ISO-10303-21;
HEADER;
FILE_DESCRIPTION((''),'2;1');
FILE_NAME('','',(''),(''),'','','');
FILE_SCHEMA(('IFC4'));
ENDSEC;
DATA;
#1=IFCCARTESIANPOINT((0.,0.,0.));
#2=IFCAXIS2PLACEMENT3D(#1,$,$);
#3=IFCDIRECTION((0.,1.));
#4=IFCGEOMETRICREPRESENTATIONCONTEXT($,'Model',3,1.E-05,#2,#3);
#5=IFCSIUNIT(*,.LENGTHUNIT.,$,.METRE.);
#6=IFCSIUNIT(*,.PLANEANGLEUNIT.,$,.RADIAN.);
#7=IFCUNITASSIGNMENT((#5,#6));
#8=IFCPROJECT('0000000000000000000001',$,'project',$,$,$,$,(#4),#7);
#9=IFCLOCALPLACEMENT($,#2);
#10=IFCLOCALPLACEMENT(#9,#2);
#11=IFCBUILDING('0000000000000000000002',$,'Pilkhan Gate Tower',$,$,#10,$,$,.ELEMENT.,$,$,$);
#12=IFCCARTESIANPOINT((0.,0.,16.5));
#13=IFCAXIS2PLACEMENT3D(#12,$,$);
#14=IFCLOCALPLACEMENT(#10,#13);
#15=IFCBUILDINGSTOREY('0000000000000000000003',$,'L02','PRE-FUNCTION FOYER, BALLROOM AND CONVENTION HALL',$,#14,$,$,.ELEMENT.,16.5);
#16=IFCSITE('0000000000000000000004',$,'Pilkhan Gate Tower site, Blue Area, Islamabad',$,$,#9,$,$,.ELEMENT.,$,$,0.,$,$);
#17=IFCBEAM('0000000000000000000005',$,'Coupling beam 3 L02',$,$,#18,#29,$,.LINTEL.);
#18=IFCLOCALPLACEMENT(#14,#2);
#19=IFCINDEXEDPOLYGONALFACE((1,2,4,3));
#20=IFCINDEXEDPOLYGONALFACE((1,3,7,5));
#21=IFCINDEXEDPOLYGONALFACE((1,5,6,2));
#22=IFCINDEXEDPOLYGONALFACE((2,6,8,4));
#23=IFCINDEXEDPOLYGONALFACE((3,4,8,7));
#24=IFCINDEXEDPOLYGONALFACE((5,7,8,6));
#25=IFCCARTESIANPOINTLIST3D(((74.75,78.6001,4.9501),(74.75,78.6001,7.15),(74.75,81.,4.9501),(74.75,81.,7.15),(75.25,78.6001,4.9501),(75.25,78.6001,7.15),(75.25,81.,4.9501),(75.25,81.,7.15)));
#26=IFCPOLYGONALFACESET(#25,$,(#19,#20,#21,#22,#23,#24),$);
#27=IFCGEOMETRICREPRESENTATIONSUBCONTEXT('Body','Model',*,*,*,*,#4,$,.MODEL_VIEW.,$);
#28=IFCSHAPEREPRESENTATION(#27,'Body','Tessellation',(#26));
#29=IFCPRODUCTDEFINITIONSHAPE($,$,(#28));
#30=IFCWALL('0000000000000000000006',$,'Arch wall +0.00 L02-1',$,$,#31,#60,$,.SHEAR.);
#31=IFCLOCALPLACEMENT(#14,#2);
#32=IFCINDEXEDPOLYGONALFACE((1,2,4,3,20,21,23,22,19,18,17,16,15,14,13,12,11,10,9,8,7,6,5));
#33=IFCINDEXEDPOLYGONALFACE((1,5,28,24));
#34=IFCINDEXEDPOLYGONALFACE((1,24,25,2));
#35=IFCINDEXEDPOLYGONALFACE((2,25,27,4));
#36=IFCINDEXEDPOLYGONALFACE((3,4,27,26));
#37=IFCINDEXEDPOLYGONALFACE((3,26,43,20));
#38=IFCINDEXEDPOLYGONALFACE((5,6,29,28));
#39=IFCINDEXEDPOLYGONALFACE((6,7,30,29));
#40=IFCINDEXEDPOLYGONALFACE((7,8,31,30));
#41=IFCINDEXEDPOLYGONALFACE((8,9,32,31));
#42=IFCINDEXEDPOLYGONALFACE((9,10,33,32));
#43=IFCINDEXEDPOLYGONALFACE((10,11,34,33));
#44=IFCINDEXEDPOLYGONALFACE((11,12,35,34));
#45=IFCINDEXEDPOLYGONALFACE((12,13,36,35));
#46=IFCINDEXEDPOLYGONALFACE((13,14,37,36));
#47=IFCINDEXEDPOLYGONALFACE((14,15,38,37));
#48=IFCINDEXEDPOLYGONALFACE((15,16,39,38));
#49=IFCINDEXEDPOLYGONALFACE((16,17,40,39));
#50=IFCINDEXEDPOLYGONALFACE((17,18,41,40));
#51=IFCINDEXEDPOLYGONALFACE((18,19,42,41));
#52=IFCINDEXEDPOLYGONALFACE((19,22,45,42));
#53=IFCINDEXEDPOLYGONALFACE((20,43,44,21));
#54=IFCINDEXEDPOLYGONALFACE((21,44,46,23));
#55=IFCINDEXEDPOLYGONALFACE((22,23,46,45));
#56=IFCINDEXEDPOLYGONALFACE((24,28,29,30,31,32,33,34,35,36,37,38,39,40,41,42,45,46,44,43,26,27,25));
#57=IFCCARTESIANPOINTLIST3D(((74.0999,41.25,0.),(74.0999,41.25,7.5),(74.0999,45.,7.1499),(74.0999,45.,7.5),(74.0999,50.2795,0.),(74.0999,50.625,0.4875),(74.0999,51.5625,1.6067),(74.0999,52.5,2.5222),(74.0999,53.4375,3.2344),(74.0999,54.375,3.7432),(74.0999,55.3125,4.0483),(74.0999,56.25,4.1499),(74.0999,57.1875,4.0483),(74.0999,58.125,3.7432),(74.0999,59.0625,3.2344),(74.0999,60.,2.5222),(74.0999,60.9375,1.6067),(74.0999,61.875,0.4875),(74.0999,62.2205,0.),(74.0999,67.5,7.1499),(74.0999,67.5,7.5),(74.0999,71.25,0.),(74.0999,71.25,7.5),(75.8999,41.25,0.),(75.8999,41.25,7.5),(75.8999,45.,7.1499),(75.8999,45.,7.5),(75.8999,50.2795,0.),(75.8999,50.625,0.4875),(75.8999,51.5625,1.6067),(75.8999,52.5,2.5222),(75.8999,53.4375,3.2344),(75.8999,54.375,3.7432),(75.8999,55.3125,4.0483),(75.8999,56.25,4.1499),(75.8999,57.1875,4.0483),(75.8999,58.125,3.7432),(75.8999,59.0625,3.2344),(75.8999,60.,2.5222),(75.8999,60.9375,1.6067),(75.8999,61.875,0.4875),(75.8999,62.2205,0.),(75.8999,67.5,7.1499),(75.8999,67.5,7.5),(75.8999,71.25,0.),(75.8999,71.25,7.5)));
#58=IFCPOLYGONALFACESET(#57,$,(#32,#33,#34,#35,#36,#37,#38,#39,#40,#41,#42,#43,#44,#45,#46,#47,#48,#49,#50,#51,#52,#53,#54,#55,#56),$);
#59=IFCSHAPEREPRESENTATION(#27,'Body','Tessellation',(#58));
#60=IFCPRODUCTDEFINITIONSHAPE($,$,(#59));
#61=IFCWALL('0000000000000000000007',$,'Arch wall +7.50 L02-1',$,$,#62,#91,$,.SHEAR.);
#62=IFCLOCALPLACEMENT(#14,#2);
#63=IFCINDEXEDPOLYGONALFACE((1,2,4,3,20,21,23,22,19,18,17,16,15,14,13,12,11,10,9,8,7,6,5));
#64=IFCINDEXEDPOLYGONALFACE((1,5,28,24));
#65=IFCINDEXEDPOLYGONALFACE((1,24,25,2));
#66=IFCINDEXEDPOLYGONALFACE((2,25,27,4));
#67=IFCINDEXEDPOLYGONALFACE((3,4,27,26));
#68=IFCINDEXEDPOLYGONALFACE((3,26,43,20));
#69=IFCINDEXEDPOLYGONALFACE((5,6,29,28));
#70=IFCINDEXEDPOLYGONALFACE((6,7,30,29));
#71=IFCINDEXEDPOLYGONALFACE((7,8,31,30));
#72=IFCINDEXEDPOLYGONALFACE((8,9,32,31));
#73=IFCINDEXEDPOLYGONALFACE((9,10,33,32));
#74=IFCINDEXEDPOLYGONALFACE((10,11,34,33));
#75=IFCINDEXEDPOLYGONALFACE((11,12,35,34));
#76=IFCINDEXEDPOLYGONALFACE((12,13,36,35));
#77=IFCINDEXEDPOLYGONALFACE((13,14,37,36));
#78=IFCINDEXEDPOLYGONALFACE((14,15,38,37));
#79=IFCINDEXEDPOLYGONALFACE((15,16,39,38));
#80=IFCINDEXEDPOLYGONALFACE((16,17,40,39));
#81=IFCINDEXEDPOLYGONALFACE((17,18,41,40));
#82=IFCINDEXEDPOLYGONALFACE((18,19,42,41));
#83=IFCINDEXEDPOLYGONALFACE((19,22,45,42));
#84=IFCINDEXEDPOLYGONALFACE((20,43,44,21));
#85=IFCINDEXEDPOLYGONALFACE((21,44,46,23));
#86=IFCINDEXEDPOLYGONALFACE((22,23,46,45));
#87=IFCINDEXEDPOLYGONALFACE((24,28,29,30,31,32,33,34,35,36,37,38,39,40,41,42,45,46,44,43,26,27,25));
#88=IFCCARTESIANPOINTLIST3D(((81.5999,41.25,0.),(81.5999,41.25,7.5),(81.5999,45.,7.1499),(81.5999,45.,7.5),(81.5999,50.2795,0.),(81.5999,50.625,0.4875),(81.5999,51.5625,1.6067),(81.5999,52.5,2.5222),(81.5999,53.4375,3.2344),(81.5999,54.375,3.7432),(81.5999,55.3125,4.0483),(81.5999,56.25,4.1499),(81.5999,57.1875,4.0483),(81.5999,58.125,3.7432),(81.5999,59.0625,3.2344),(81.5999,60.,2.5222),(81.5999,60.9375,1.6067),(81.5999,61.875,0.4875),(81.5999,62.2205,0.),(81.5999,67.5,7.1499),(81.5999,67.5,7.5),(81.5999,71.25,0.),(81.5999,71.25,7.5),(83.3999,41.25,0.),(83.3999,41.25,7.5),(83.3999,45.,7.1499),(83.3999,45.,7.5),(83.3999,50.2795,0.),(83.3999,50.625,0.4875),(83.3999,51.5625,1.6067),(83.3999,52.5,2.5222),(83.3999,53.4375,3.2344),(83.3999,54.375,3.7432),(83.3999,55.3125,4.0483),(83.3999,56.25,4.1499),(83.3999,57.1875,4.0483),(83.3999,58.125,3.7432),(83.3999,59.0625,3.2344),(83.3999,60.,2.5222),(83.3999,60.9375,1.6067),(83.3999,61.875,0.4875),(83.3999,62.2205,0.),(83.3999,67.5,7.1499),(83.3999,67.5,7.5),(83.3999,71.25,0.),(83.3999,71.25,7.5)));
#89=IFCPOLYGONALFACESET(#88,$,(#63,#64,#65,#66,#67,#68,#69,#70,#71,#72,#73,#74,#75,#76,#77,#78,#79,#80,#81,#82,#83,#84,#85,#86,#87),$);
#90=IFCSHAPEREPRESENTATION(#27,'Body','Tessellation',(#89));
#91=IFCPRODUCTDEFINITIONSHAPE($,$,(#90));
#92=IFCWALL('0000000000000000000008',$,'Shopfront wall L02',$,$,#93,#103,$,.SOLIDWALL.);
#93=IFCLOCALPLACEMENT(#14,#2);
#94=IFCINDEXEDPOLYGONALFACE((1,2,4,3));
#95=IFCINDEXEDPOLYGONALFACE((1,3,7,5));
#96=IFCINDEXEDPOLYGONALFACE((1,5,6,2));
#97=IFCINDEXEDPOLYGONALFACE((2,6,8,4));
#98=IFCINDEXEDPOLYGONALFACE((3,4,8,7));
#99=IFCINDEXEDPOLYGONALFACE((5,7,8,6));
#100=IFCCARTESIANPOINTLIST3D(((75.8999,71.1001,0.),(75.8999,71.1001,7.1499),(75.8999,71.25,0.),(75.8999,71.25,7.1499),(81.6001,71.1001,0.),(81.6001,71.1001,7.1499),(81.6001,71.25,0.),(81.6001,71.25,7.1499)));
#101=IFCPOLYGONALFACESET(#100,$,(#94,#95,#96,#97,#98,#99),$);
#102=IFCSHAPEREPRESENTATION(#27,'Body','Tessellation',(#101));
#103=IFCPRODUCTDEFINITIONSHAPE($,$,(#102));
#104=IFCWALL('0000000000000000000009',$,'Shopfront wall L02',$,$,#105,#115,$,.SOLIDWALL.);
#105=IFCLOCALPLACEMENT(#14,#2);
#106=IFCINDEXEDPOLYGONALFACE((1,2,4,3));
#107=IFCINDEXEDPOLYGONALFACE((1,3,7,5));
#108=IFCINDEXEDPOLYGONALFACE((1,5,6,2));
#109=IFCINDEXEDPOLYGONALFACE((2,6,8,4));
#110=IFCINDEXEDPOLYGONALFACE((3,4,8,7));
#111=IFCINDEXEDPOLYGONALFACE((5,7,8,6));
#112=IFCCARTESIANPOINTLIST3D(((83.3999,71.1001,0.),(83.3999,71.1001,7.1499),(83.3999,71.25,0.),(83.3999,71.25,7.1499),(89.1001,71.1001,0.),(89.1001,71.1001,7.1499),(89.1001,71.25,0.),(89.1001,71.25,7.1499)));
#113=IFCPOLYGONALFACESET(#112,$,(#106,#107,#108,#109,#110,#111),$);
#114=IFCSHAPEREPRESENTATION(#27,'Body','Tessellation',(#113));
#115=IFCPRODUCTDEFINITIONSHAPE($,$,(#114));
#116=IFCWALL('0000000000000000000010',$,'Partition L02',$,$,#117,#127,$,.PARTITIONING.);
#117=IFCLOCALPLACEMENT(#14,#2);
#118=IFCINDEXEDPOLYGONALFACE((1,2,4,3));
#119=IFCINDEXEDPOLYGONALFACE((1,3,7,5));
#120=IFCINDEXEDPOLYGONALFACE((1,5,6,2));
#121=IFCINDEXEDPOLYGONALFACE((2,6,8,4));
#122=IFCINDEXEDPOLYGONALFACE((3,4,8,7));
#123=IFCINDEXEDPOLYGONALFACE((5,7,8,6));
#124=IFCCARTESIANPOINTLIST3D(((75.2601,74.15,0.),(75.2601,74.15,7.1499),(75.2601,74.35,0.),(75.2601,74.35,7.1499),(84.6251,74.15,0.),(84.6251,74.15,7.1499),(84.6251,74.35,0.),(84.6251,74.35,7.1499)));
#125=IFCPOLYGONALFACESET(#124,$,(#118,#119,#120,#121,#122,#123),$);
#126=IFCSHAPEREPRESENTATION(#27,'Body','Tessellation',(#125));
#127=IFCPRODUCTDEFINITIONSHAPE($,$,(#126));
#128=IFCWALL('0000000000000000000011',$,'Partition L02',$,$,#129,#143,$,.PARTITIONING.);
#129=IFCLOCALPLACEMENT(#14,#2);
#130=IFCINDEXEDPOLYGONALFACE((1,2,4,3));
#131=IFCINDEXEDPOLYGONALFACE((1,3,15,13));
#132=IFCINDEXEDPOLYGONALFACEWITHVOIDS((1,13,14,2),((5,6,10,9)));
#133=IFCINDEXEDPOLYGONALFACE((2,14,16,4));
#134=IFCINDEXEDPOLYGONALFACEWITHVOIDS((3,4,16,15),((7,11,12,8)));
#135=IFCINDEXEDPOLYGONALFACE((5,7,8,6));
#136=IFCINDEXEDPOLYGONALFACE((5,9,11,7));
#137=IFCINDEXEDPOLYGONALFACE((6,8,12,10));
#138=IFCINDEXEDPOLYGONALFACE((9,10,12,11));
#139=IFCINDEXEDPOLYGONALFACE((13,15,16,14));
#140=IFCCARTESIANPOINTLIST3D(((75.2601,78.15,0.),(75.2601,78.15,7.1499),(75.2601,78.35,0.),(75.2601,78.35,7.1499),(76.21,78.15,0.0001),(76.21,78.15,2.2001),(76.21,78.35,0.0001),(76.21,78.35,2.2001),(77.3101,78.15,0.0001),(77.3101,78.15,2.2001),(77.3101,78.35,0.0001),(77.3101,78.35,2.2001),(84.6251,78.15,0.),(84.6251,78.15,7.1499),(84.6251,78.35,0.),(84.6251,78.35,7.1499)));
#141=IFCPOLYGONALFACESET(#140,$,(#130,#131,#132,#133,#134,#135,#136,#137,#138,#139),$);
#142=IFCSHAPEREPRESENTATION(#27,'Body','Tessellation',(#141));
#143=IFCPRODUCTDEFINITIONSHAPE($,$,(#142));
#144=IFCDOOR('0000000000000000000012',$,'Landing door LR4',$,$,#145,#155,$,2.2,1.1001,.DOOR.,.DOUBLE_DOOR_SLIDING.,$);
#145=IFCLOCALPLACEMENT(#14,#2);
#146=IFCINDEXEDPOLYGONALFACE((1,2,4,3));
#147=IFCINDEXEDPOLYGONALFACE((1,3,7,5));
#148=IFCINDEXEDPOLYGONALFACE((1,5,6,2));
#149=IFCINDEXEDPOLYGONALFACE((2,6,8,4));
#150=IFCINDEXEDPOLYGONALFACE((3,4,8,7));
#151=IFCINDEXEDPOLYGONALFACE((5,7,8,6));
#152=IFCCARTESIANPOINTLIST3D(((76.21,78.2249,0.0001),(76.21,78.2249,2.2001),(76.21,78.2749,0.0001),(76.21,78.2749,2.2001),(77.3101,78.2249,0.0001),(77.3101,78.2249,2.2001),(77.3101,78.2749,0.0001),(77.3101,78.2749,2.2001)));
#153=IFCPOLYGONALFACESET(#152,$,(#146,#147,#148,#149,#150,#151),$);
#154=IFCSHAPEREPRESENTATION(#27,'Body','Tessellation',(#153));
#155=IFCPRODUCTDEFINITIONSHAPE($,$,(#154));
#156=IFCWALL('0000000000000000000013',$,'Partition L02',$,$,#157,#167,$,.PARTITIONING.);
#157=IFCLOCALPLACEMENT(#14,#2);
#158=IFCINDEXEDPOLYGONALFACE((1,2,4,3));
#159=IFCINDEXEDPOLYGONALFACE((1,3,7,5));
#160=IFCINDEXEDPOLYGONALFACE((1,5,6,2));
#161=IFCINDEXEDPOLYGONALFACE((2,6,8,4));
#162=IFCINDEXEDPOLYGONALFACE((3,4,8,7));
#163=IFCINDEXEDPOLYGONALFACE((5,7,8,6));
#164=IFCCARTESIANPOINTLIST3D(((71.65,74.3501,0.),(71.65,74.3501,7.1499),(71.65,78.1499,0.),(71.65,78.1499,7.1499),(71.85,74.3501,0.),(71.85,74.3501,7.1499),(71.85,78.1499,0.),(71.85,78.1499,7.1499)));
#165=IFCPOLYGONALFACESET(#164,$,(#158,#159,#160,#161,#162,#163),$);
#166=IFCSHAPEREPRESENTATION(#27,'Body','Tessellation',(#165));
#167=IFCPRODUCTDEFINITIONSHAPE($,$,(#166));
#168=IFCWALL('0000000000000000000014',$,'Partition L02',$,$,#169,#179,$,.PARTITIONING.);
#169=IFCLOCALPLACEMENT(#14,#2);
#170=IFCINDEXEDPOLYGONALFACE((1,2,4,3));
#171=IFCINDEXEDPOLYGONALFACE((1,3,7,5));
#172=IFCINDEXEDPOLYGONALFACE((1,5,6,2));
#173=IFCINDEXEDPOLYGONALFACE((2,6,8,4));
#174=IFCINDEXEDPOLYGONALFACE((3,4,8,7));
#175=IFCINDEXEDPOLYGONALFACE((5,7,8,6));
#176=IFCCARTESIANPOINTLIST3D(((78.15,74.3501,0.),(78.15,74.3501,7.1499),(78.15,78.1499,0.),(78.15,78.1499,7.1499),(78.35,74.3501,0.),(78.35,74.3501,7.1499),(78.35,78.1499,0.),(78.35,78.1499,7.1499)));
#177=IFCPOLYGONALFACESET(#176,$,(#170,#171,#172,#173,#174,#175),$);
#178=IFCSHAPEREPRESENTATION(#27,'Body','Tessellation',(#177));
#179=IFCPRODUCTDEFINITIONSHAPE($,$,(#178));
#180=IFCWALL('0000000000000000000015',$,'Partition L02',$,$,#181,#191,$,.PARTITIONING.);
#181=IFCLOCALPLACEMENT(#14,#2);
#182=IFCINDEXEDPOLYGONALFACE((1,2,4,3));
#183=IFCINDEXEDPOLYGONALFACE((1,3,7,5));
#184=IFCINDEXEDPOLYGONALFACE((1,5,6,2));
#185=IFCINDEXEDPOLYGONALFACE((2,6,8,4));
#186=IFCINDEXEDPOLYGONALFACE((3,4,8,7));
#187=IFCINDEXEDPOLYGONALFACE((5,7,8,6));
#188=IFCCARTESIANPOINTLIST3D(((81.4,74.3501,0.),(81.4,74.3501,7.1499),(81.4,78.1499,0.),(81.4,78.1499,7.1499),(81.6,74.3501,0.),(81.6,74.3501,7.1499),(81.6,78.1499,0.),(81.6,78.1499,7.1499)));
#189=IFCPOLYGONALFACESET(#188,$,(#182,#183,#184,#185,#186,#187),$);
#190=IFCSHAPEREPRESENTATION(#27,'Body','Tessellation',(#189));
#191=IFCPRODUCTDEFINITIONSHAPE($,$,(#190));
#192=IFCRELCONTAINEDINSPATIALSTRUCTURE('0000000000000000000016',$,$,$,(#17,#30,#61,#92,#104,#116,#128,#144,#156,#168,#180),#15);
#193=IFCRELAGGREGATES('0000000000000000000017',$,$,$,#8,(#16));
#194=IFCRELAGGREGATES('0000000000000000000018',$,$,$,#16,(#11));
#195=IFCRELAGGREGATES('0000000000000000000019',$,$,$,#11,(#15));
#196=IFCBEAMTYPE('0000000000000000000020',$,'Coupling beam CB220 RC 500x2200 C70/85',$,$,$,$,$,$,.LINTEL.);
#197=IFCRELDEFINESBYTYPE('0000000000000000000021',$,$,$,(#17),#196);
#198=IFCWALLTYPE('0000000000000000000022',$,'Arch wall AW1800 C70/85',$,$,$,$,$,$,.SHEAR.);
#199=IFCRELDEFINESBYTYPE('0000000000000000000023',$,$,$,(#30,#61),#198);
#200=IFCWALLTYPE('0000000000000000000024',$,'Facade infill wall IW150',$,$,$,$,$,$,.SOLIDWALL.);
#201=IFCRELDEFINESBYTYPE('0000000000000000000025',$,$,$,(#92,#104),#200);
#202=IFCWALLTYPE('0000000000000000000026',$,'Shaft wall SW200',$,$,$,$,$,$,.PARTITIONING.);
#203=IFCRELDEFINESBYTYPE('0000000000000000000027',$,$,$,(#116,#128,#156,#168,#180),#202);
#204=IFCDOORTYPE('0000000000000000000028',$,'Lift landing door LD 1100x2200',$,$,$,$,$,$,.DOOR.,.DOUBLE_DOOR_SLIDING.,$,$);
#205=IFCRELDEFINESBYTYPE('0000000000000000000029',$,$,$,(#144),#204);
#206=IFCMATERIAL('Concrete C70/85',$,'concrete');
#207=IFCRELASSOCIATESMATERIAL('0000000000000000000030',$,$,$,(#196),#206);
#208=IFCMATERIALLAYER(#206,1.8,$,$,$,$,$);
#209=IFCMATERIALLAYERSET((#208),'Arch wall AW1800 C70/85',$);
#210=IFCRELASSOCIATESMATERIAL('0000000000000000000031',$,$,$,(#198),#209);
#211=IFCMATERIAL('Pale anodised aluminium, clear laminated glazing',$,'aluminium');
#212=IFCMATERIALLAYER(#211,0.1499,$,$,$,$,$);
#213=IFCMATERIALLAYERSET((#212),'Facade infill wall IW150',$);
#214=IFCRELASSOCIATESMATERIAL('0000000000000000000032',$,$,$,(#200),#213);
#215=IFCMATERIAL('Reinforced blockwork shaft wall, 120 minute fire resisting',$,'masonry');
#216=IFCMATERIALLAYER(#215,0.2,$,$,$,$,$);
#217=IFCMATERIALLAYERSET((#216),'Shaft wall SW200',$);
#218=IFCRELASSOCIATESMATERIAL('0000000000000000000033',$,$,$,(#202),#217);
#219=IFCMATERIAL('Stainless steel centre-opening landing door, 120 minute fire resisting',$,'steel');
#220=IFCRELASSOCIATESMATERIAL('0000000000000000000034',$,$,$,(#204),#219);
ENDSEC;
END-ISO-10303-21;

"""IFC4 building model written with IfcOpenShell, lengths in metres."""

from ifc_helpers import new_model, si_unit, direction, frame, frame_2d, origin, origin_2d, place, context, subcontext, project, spatial, polyline, rectangle, outline, extrude, material, layer, layer_set, material_profile, profile_set, type_object, element, fill, save


model = new_model("IFC4")

# Units and contexts
model_context = context("Model", 3, precision=1e-05, world=origin(), true_north=direction((0.0, 1.0)))
body_context = subcontext(model_context, "Body", "Model", "MODEL_VIEW")
ifc_project = project(units=[si_unit("LENGTHUNIT", "METRE"), si_unit("PLANEANGLEUNIT", "RADIAN")], contexts=[model_context])

# Site, building, storey
site_placement = place(None, origin())
site = spatial("IfcSite", under=ifc_project, at=site_placement, Name="Pilkhan Gate Tower site, Blue Area, Islamabad", CompositionType="ELEMENT", RefElevation=0.0)
building_placement = place(site_placement, origin())
building = spatial("IfcBuilding", under=site, at=building_placement, Name="Pilkhan Gate Tower", CompositionType="ELEMENT")
storey_placement = place(building_placement, frame((0.0, 0.0, 16.5)))
storey = spatial("IfcBuildingStorey", under=building, at=storey_placement, Name="L02", Description="PRE-FUNCTION FOYER, BALLROOM AND CONVENTION HALL", CompositionType="ELEMENT", Elevation=16.5)

# Beam
ifc_material_1 = material(Name="Concrete C70/85", Category="concrete")
ifc_material_profile = material_profile(ifc_material_1, rectangle(XDim=0.5, YDim=2.2, at=origin_2d()), Name="RC 500x2200")
ifc_profile_set = profile_set([ifc_material_profile], Name="Concrete C70/85")
beam_type = type_object("IfcBeamType", Name="Coupling beam CB220 RC 500x2200 C70/85", PredefinedType="LINTEL", material=ifc_profile_set)
beam_placement = place(storey_placement, frame((75.0, 78.6001, 6.05), z_axis=(0.0, 1.0, 0.0), x_axis=(-1.0, 0.0, 0.0)))
element("IfcBeam", 1, at=beam_placement, inside=storey, type_object=beam_type, Name="Coupling beam 3 L02", PredefinedType="LINTEL", context=body_context, shape_type="SweptSolid", body=[
    extrude(rectangle(XDim=0.5, YDim=2.2, at=origin_2d()), origin(), (0.0, 0.0, 1.0), 2.3999),
])

# Walls
ifc_layer_1 = layer(ifc_material_1, 1.8)
ifc_layer_set_1 = layer_set([ifc_layer_1], Name="Arch wall AW1800 C70/85")
wall_type_1 = type_object("IfcWallType", Name="Arch wall AW1800 C70/85", PredefinedType="SHEAR", material=ifc_layer_set_1)
for number, where, z_axis, x_axis, name in (
    (2, (75.8999, 62.2205, 0.0), (1.0, 0.0, 0.0), (0.0, 1.0, 0.0), "Arch wall +0.00 L02-1"),
    (3, (83.3999, 62.2205, 0.0), (1.0, 0.0, 0.0), (0.0, 1.0, 0.0), "Arch wall +7.50 L02-1"),
):
    element("IfcWall", number, at=place(storey_placement, frame(where, z_axis=z_axis, x_axis=x_axis)), inside=storey, type_object=wall_type_1, Name=name, PredefinedType="SHEAR", context=body_context, shape_type="SweptSolid", body=[
        extrude(outline(polyline([(0.0, 0.0), (9.0295, 0.0), (9.0295, 7.5), (5.2795, 7.5), (5.2795, 7.1499), (-17.2205, 7.1499), (-17.2205, 7.5), (-20.9705, 7.5), (-20.9705, 0.0), (-11.9409, 0.0), (-11.5955, 0.4875), (-10.658, 1.6067), (-9.7205, 2.5222), (-8.783, 3.2344), (-7.8455, 3.7432), (-6.908, 4.0483), (-5.9705, 4.1499), (-5.033, 4.0483), (-4.0955, 3.7432), (-3.158, 3.2344), (-2.2205, 2.5222), (-1.283, 1.6067), (-0.3455, 0.4875), (0.0, 0.0)])), origin(), (0.0, 0.0, -1.0), 1.8),
    ])
ifc_material_2 = material(Name="Pale anodised aluminium, clear laminated glazing", Category="aluminium")
ifc_layer_2 = layer(ifc_material_2, 0.1499)
ifc_layer_set_2 = layer_set([ifc_layer_2], Name="Facade infill wall IW150")
wall_type_2 = type_object("IfcWallType", Name="Facade infill wall IW150", PredefinedType="SOLIDWALL", material=ifc_layer_set_2)
for number, where, z_axis, x_axis, name in (
    (4, (75.8999, 71.175, 0.0), (0.0, 0.0, 1.0), (1.0, 0.0, 0.0), "Shopfront wall L02"),
    (5, (83.3999, 71.175, 0.0), (0.0, 0.0, 1.0), (1.0, 0.0, 0.0), "Shopfront wall L02"),
):
    element("IfcWall", number, at=place(storey_placement, frame(where, z_axis=z_axis, x_axis=x_axis)), inside=storey, type_object=wall_type_2, Name=name, PredefinedType="SOLIDWALL", context=body_context, shape_type="SweptSolid", body=[
        extrude(rectangle(XDim=5.7002, YDim=0.1499, at=frame_2d((2.8501, 0.0))), origin(), (0.0, 0.0, 1.0), 7.1499),
    ])
ifc_material_3 = material(Name="Reinforced blockwork shaft wall, 120 minute fire resisting", Category="masonry")
ifc_layer_3 = layer(ifc_material_3, 0.2)
ifc_layer_set_3 = layer_set([ifc_layer_3], Name="Shaft wall SW200")
wall_type_3 = type_object("IfcWallType", Name="Shaft wall SW200", PredefinedType="PARTITIONING", material=ifc_layer_set_3)
wall_1_placement = place(storey_placement, frame((75.26, 74.25, 0.0), z_axis=(0.0, 0.0, 1.0), x_axis=(1.0, 0.0, 0.0)))
element("IfcWall", 6, at=wall_1_placement, inside=storey, type_object=wall_type_3, Name="Partition L02", PredefinedType="PARTITIONING", context=body_context, shape_type="SweptSolid", body=[
    extrude(rectangle(XDim=9.365, YDim=0.2, at=frame_2d((4.6826, 0.0))), origin(), (0.0, 0.0, 1.0), 7.1499),
])

# Wall, opening, door
wall_2_placement = place(storey_placement, frame((75.26, 78.25, 0.0), z_axis=(0.0, 0.0, 1.0), x_axis=(1.0, 0.0, 0.0)))
wall_2 = element("IfcWall", 7, at=wall_2_placement, inside=storey, type_object=wall_type_3, Name="Partition L02", PredefinedType="PARTITIONING", context=body_context, shape_type="SweptSolid", body=[
    extrude(rectangle(XDim=9.365, YDim=0.2, at=frame_2d((4.6826, 0.0))), origin(), (0.0, 0.0, 1.0), 7.1499),
])
opening_placement = place(wall_2_placement, frame((0.95, 0.0, 0.0)))
opening = element("IfcOpeningElement", 8, at=opening_placement, cuts=wall_2, PredefinedType="OPENING", context=body_context, shape_type="SweptSolid", body=[
    extrude(rectangle(XDim=1.1001, YDim=2.2, at=frame_2d((0.55, 1.1001))), frame((0.0, 0.1099, 0.0), z_axis=(0.0, -1.0, 0.0), x_axis=(1.0, 0.0, 0.0)), (0.0, 0.0, 1.0), 0.22),
])
ifc_material_4 = material(Name="Stainless steel centre-opening landing door, 120 minute fire resisting", Category="steel")
door_type = type_object("IfcDoorType", Name="Lift landing door LD 1100x2200", OperationType="DOUBLE_DOOR_SLIDING", PredefinedType="DOOR", material=ifc_material_4)
door_placement = place(opening_placement, origin())
door = element("IfcDoor", 9, at=door_placement, inside=storey, type_object=door_type, Name="Landing door LR4", OperationType="DOUBLE_DOOR_SLIDING", OverallHeight=2.2, OverallWidth=1.1001, PredefinedType="DOOR", context=body_context, shape_type="SweptSolid", body=[
    extrude(rectangle(XDim=1.1001, YDim=2.2, at=frame_2d((0.55, 1.1001))), frame((0.0, 0.0249, 0.0), z_axis=(0.0, -1.0, 0.0), x_axis=(1.0, 0.0, 0.0)), (0.0, 0.0, 1.0), 0.05),
])
fill(opening, door)

# Walls
for number, where, z_axis, x_axis, name in (
    (10, (71.75, 74.3501, 0.0), (0.0, 0.0, 1.0), (0.0, 1.0, 0.0), "Partition L02"),
    (11, (78.25, 74.3501, 0.0), (0.0, 0.0, 1.0), (0.0, 1.0, 0.0), "Partition L02"),
    (12, (81.5, 74.3501, 0.0), (0.0, 0.0, 1.0), (0.0, 1.0, 0.0), "Partition L02"),
):
    element("IfcWall", number, at=place(storey_placement, frame(where, z_axis=z_axis, x_axis=x_axis)), inside=storey, type_object=wall_type_3, Name=name, PredefinedType="PARTITIONING", context=body_context, shape_type="SweptSolid", body=[
        extrude(rectangle(XDim=3.7998, YDim=0.2, at=frame_2d((1.8999, 0.0))), origin(), (0.0, 0.0, 1.0), 7.1499),
    ])

save(model, "model.ifc")
